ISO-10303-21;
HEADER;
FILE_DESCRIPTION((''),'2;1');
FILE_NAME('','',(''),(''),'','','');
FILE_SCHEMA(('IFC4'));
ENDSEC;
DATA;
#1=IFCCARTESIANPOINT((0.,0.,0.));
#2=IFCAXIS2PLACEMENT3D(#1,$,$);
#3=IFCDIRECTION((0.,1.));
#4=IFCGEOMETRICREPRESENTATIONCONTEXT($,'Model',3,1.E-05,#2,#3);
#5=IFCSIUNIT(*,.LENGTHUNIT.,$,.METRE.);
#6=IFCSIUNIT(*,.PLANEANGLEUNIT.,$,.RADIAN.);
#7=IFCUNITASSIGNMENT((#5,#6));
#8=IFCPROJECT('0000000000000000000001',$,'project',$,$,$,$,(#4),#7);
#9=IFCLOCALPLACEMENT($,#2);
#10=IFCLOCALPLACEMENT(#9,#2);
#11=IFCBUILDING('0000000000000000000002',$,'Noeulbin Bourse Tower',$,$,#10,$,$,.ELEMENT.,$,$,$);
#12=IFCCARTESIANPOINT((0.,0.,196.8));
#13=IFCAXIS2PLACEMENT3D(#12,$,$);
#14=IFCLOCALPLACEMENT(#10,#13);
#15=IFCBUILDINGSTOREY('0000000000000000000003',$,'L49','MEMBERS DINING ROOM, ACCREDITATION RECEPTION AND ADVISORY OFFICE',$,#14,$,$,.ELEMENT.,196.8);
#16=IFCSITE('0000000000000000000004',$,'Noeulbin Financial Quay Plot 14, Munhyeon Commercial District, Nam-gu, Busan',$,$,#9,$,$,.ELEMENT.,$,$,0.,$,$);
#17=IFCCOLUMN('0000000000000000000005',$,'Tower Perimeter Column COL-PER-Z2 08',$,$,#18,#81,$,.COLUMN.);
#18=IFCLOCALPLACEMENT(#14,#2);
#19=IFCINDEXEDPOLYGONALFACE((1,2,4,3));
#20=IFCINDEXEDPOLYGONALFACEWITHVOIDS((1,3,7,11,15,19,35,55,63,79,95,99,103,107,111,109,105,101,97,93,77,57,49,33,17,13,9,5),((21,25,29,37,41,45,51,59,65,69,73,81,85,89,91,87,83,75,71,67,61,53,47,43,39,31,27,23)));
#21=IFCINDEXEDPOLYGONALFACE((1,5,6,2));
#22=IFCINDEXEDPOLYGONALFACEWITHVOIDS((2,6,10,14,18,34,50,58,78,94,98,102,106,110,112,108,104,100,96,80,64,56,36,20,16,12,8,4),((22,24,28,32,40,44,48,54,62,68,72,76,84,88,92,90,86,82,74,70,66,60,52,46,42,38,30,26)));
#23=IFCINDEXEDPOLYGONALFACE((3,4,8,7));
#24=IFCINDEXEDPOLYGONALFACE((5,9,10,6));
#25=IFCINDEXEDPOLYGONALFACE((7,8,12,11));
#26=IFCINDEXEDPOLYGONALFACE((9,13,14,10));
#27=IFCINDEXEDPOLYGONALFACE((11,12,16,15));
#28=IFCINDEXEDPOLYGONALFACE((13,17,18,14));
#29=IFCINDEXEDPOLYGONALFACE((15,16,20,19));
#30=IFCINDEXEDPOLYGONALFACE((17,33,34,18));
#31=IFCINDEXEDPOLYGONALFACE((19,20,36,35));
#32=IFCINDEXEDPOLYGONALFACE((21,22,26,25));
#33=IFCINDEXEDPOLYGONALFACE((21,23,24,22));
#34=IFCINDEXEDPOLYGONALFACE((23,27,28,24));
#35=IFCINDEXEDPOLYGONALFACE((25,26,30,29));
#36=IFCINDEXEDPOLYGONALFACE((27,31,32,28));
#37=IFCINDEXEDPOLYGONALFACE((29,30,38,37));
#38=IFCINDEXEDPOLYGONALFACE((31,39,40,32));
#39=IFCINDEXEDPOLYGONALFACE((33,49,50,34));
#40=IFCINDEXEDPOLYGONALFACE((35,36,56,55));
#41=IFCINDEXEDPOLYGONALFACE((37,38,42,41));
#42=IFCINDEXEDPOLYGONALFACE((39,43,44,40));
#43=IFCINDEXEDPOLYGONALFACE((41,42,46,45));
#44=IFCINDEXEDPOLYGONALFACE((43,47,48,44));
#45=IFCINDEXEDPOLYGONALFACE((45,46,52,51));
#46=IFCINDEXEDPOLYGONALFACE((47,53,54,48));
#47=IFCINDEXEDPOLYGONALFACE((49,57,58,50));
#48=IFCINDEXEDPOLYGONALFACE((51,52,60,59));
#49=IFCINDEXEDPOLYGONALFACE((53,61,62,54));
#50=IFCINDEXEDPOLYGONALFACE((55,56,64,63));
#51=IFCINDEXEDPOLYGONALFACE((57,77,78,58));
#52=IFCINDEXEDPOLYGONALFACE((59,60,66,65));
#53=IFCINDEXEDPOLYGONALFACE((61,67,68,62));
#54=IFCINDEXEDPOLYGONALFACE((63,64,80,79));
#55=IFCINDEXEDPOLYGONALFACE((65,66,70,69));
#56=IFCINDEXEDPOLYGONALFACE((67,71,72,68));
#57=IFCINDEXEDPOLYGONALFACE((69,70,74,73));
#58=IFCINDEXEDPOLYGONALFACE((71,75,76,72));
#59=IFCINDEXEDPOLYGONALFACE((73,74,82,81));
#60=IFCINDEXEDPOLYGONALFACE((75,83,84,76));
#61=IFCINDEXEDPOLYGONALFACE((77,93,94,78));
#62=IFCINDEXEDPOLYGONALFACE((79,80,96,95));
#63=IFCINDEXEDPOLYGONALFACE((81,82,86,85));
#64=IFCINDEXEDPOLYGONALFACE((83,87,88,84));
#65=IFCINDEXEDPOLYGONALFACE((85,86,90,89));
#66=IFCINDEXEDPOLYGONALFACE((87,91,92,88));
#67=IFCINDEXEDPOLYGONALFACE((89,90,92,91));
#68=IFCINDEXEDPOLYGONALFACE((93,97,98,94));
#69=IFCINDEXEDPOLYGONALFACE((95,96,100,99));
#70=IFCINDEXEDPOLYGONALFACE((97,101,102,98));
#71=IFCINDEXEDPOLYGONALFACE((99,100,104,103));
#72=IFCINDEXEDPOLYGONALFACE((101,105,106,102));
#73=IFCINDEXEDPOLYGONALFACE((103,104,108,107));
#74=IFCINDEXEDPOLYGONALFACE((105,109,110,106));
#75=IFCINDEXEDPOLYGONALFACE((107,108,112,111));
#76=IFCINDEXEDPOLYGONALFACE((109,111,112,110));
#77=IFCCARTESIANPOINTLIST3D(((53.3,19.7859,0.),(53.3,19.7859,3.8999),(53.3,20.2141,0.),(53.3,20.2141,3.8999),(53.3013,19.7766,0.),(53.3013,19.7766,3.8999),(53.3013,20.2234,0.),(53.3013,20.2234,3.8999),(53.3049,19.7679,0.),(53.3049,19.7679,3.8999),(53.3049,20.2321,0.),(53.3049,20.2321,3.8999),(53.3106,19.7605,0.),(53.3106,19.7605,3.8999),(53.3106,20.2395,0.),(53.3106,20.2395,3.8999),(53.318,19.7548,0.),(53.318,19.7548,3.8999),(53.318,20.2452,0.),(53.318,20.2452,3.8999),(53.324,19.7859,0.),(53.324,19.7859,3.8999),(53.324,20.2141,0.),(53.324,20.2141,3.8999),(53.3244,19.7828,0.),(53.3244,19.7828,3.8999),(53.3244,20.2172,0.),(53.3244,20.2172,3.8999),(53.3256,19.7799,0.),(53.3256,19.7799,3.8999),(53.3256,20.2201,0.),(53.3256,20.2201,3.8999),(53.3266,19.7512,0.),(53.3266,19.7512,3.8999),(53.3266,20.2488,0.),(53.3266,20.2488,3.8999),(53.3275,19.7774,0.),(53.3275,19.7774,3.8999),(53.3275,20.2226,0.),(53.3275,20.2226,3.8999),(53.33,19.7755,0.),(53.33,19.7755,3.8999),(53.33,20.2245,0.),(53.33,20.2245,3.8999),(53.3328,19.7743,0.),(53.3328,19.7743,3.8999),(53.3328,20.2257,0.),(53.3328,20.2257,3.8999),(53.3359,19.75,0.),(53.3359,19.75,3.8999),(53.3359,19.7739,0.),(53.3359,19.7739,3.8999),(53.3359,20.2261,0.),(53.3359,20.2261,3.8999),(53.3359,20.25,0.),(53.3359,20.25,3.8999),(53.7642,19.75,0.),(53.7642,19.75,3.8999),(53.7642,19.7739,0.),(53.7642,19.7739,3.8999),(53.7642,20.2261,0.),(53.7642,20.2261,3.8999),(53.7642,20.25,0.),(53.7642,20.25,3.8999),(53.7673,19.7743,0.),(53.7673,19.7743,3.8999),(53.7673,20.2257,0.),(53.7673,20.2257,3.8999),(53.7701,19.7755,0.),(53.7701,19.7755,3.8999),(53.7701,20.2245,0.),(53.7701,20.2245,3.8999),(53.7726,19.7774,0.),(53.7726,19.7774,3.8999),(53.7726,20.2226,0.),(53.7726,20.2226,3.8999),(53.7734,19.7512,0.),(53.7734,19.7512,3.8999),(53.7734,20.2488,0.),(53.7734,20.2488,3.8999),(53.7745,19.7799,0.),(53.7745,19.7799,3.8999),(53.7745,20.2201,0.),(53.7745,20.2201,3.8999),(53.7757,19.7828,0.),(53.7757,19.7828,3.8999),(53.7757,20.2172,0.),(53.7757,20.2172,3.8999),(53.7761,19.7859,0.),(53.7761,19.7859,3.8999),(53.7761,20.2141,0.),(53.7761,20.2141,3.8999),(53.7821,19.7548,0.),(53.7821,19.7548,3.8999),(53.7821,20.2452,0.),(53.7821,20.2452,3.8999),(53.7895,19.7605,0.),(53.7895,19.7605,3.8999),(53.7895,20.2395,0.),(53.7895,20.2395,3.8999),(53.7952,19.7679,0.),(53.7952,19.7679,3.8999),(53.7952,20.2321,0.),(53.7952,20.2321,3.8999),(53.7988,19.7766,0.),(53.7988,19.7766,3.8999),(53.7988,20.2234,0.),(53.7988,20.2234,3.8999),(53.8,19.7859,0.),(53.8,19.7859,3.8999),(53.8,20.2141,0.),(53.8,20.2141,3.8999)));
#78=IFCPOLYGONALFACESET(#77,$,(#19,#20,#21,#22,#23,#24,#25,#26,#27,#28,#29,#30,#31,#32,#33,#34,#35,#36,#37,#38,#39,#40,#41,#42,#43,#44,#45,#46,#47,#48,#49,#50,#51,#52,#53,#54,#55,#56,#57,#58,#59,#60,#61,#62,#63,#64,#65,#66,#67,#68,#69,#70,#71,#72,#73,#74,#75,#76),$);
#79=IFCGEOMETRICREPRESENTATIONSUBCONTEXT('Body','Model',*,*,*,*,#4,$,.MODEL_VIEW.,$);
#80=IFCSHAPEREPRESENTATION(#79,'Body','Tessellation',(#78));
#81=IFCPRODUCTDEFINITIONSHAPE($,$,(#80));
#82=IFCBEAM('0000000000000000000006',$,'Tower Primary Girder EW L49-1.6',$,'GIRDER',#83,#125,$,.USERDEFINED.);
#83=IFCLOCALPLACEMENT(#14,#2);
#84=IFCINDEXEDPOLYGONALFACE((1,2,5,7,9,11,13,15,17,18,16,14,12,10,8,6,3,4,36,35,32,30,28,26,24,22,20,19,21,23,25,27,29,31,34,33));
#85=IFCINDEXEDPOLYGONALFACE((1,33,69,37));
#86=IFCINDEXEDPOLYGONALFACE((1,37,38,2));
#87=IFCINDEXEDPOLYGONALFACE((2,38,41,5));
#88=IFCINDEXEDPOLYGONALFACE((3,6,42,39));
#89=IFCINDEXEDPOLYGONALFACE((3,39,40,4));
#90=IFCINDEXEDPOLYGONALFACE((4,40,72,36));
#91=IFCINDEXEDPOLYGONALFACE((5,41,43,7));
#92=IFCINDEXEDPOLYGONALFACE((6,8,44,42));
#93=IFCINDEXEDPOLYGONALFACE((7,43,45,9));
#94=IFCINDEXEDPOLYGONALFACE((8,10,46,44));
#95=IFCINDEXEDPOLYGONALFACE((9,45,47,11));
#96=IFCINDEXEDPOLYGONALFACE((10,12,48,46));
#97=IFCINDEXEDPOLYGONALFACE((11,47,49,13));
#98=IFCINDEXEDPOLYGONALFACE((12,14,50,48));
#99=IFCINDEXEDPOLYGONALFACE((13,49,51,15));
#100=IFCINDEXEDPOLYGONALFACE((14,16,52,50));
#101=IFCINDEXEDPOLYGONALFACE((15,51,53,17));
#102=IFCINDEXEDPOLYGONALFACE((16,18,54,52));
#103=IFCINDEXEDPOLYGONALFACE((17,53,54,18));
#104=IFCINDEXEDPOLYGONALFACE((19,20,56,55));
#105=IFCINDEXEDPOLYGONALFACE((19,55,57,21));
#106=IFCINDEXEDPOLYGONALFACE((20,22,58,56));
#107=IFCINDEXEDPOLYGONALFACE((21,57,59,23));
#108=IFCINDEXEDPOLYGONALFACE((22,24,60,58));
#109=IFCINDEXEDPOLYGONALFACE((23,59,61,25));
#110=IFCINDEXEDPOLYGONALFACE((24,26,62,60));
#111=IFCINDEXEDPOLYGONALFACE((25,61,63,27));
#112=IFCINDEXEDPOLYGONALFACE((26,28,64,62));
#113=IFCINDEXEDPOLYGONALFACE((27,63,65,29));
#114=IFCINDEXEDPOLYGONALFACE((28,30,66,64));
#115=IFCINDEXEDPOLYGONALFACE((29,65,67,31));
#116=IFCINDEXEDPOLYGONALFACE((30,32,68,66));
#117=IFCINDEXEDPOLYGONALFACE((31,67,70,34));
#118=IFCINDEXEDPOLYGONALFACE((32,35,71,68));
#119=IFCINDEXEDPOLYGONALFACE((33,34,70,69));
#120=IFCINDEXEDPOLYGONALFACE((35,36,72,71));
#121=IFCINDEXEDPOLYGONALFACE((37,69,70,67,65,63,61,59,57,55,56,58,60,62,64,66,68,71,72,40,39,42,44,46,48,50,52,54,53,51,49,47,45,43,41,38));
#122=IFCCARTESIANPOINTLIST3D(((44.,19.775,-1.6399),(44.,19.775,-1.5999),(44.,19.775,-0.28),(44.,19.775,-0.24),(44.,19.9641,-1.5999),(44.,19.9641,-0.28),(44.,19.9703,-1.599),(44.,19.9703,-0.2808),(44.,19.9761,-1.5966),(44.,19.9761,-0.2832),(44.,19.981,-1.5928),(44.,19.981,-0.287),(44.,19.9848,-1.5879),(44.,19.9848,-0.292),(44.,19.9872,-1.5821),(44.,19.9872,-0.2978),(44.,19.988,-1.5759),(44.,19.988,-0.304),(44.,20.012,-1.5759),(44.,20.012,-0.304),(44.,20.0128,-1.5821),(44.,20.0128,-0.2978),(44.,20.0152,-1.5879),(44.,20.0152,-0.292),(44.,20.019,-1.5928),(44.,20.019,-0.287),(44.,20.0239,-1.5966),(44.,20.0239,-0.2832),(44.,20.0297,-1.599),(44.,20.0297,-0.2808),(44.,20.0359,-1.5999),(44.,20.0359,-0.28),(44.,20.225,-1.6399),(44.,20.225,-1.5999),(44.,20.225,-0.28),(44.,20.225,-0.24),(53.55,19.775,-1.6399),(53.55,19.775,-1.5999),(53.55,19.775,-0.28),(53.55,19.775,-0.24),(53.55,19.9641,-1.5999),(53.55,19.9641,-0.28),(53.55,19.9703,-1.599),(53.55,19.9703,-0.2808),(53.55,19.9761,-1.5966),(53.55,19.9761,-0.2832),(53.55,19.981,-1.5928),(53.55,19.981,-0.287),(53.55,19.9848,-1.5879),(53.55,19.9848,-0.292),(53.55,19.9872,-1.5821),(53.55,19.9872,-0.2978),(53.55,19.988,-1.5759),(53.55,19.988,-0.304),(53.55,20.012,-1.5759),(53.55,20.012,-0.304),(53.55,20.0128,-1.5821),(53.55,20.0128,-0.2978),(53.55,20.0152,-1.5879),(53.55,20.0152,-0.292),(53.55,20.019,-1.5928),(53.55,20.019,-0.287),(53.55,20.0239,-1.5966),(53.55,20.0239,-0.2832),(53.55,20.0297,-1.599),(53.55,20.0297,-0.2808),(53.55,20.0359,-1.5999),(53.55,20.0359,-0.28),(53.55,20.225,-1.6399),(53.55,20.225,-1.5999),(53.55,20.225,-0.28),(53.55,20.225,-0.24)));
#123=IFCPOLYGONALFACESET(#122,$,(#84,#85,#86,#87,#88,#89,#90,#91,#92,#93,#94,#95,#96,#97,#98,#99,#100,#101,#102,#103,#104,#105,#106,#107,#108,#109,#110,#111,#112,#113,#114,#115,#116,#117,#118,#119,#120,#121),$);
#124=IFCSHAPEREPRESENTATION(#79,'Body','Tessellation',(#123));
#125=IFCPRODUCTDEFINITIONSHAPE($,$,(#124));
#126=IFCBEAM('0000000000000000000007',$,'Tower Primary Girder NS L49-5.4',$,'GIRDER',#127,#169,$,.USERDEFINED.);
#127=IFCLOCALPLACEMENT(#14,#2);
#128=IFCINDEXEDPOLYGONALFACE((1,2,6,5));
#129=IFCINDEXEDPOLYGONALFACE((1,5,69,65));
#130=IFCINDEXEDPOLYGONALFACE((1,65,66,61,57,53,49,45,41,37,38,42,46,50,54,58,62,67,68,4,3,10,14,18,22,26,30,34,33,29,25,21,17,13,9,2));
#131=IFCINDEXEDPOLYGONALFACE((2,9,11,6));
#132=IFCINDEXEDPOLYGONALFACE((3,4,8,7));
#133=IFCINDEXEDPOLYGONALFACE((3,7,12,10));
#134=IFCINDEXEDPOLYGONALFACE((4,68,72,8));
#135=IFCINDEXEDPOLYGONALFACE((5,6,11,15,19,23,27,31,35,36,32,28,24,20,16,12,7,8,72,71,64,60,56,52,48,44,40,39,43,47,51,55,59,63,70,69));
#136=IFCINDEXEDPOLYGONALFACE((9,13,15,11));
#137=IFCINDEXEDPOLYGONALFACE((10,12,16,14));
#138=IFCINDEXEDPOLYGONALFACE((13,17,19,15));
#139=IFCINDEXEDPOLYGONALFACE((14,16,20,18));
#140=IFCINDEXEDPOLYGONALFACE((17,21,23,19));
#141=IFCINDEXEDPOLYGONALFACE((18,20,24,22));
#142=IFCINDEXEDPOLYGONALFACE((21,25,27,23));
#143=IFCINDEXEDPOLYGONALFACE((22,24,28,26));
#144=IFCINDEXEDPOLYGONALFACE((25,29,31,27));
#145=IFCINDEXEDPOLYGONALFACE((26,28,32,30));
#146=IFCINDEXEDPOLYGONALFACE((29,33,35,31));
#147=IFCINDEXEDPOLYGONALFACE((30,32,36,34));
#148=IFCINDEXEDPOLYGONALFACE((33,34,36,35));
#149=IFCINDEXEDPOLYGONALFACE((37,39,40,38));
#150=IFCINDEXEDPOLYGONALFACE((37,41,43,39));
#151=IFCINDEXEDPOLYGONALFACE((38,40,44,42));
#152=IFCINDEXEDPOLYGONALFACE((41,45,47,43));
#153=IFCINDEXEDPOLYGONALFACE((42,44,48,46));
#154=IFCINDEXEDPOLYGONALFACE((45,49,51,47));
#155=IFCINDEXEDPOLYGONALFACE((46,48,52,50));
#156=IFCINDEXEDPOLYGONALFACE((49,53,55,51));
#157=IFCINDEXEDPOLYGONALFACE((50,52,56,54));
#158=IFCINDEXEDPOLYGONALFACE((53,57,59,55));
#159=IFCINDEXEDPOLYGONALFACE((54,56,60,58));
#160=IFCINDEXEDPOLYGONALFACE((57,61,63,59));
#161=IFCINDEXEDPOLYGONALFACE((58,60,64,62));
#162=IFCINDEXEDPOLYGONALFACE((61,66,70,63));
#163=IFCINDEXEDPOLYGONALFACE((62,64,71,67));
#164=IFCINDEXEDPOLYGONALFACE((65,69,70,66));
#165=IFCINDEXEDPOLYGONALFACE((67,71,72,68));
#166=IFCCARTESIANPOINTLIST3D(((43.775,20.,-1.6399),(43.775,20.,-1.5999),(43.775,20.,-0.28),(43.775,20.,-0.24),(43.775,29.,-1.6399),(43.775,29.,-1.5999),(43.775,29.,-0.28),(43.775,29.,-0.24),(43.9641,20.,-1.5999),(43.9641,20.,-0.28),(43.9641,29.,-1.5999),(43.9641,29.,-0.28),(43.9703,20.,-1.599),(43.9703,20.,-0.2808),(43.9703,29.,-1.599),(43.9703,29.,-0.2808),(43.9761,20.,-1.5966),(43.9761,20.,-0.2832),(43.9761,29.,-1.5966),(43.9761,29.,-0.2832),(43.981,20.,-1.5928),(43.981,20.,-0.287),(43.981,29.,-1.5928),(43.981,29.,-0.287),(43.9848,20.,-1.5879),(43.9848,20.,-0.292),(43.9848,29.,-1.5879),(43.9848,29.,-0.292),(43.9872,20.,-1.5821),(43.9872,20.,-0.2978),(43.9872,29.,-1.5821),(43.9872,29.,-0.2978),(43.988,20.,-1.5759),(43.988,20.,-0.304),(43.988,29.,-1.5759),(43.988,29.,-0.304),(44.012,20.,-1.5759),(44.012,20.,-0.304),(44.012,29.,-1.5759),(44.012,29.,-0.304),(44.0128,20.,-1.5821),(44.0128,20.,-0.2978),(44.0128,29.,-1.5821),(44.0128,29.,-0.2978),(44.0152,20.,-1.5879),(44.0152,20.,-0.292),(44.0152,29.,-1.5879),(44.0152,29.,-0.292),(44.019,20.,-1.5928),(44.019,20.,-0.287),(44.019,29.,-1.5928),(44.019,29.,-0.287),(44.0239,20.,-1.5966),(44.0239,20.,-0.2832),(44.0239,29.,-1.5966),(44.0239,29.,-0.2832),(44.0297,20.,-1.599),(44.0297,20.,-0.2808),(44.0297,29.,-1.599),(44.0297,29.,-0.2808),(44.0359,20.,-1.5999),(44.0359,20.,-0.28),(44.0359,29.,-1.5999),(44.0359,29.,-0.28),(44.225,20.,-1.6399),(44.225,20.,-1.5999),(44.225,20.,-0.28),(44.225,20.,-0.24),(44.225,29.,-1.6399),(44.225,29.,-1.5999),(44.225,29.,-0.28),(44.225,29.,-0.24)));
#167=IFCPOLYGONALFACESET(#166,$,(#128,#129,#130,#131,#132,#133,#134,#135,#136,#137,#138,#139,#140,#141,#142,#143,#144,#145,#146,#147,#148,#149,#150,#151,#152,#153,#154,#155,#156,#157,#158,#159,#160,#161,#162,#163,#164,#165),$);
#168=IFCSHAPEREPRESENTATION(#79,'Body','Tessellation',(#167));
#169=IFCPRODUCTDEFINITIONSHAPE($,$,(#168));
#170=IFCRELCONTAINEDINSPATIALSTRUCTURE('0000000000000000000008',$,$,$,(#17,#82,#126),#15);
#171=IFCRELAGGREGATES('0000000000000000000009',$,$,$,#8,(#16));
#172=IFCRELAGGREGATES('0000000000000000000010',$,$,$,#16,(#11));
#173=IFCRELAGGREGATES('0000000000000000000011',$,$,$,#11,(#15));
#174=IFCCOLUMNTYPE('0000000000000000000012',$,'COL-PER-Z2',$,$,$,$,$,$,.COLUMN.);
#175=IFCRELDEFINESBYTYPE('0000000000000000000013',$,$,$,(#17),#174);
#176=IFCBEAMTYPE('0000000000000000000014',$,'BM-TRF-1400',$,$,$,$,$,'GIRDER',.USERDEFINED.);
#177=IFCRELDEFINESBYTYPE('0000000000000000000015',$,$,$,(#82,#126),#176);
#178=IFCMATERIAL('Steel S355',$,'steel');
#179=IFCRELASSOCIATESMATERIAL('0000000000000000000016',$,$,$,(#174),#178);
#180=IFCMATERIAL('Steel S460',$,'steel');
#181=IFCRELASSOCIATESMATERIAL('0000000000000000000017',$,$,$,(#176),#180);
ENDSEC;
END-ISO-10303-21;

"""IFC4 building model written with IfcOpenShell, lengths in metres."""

from ifc_helpers import new_model, si_unit, direction, frame, origin, origin_2d, place, context, subcontext, project, spatial, hollow_rectangle, i_section, extrude, material, material_profile, profile_set, type_object, element, save


model = new_model("IFC4")

# Units and contexts
model_context = context("Model", 3, precision=1e-05, world=origin(), true_north=direction((0.0, 1.0)))
body_context = subcontext(model_context, "Body", "Model", "MODEL_VIEW")
ifc_project = project(units=[si_unit("LENGTHUNIT", "METRE"), si_unit("PLANEANGLEUNIT", "RADIAN")], contexts=[model_context])

# Site, building, storey
site_placement = place(None, origin())
site = spatial("IfcSite", under=ifc_project, at=site_placement, Name="Noeulbin Financial Quay Plot 14, Munhyeon Commercial District, Nam-gu, Busan", CompositionType="ELEMENT", RefElevation=0.0)
building_placement = place(site_placement, origin())
building = spatial("IfcBuilding", under=site, at=building_placement, Name="Noeulbin Bourse Tower", CompositionType="ELEMENT")
storey_placement = place(building_placement, frame((0.0, 0.0, 196.8)))
storey = spatial("IfcBuildingStorey", under=building, at=storey_placement, Name="L49", Description="MEMBERS DINING ROOM, ACCREDITATION RECEPTION AND ADVISORY OFFICE", CompositionType="ELEMENT", Elevation=196.8)

# Column
ifc_material_1 = material(Name="Steel S355", Category="steel")
ifc_material_profile_1 = material_profile(ifc_material_1, hollow_rectangle(XDim=0.5, YDim=0.5, WallThickness=0.0239, InnerFilletRadius=0.012, OuterFilletRadius=0.0359, at=origin_2d()), Name="BOX-500x500x24", Category="LoadBearing")
ifc_profile_set_1 = profile_set([ifc_material_profile_1], Name="Steel S355")
column_type = type_object("IfcColumnType", Name="COL-PER-Z2", PredefinedType="COLUMN", material=ifc_profile_set_1)
column_placement = place(storey_placement, frame((53.55, 20.0, 0.0), z_axis=(0.0, 0.0, 1.0), x_axis=(1.0, 0.0, 0.0)))
element("IfcColumn", 1, at=column_placement, inside=storey, type_object=column_type, Name="Tower Perimeter Column COL-PER-Z2 08", PredefinedType="COLUMN", context=body_context, shape_type="SweptSolid", body=[
    extrude(hollow_rectangle(XDim=0.5, YDim=0.5, WallThickness=0.0239, InnerFilletRadius=0.012, OuterFilletRadius=0.0359, at=origin_2d()), origin(), (0.0, 0.0, 1.0), 3.8999),
])

# Beams
ifc_material_2 = material(Name="Steel S460", Category="steel")
ifc_material_profile_2 = material_profile(ifc_material_2, i_section(OverallWidth=0.45, OverallDepth=1.3999, WebThickness=0.0239, FlangeThickness=0.04, FilletRadius=0.0239, at=origin_2d()), Name="PG-1400x450x24x40", Category="LoadBearing")
ifc_profile_set_2 = profile_set([ifc_material_profile_2], Name="Steel S460")
beam_type = type_object("IfcBeamType", Name="BM-TRF-1400", ElementType="GIRDER", PredefinedType="USERDEFINED", material=ifc_profile_set_2)
beam_placement = place(storey_placement, frame((44.0, 20.0, -0.9399), z_axis=(1.0, 0.0, 0.0), x_axis=(0.0, 1.0, 0.0)))
element("IfcBeam", 2, at=beam_placement, inside=storey, type_object=beam_type, Name="Tower Primary Girder EW L49-1.6", ObjectType="GIRDER", PredefinedType="USERDEFINED", context=body_context, shape_type="SweptSolid", body=[
    extrude(i_section(OverallWidth=0.45, OverallDepth=1.3999, WebThickness=0.0239, FlangeThickness=0.04, FilletRadius=0.0239, at=origin_2d()), origin(), (0.0, 0.0, 1.0), 9.55),
])
for number, where, z_axis, x_axis, name in (
    (3, (44.0, 20.0, -0.9399), (0.0, 1.0, 0.0), (-1.0, 0.0, 0.0), "Tower Primary Girder NS L49-5.4"),
):
    element("IfcBeam", number, at=place(storey_placement, frame(where, z_axis=z_axis, x_axis=x_axis)), inside=storey, type_object=beam_type, Name=name, ObjectType="GIRDER", PredefinedType="USERDEFINED", context=body_context, shape_type="SweptSolid", body=[
        extrude(i_section(OverallWidth=0.45, OverallDepth=1.3999, WebThickness=0.0239, FlangeThickness=0.04, FilletRadius=0.0239, at=origin_2d()), origin(), (0.0, 0.0, 1.0), 9.0),
    ])

save(model, "model.ifc")
